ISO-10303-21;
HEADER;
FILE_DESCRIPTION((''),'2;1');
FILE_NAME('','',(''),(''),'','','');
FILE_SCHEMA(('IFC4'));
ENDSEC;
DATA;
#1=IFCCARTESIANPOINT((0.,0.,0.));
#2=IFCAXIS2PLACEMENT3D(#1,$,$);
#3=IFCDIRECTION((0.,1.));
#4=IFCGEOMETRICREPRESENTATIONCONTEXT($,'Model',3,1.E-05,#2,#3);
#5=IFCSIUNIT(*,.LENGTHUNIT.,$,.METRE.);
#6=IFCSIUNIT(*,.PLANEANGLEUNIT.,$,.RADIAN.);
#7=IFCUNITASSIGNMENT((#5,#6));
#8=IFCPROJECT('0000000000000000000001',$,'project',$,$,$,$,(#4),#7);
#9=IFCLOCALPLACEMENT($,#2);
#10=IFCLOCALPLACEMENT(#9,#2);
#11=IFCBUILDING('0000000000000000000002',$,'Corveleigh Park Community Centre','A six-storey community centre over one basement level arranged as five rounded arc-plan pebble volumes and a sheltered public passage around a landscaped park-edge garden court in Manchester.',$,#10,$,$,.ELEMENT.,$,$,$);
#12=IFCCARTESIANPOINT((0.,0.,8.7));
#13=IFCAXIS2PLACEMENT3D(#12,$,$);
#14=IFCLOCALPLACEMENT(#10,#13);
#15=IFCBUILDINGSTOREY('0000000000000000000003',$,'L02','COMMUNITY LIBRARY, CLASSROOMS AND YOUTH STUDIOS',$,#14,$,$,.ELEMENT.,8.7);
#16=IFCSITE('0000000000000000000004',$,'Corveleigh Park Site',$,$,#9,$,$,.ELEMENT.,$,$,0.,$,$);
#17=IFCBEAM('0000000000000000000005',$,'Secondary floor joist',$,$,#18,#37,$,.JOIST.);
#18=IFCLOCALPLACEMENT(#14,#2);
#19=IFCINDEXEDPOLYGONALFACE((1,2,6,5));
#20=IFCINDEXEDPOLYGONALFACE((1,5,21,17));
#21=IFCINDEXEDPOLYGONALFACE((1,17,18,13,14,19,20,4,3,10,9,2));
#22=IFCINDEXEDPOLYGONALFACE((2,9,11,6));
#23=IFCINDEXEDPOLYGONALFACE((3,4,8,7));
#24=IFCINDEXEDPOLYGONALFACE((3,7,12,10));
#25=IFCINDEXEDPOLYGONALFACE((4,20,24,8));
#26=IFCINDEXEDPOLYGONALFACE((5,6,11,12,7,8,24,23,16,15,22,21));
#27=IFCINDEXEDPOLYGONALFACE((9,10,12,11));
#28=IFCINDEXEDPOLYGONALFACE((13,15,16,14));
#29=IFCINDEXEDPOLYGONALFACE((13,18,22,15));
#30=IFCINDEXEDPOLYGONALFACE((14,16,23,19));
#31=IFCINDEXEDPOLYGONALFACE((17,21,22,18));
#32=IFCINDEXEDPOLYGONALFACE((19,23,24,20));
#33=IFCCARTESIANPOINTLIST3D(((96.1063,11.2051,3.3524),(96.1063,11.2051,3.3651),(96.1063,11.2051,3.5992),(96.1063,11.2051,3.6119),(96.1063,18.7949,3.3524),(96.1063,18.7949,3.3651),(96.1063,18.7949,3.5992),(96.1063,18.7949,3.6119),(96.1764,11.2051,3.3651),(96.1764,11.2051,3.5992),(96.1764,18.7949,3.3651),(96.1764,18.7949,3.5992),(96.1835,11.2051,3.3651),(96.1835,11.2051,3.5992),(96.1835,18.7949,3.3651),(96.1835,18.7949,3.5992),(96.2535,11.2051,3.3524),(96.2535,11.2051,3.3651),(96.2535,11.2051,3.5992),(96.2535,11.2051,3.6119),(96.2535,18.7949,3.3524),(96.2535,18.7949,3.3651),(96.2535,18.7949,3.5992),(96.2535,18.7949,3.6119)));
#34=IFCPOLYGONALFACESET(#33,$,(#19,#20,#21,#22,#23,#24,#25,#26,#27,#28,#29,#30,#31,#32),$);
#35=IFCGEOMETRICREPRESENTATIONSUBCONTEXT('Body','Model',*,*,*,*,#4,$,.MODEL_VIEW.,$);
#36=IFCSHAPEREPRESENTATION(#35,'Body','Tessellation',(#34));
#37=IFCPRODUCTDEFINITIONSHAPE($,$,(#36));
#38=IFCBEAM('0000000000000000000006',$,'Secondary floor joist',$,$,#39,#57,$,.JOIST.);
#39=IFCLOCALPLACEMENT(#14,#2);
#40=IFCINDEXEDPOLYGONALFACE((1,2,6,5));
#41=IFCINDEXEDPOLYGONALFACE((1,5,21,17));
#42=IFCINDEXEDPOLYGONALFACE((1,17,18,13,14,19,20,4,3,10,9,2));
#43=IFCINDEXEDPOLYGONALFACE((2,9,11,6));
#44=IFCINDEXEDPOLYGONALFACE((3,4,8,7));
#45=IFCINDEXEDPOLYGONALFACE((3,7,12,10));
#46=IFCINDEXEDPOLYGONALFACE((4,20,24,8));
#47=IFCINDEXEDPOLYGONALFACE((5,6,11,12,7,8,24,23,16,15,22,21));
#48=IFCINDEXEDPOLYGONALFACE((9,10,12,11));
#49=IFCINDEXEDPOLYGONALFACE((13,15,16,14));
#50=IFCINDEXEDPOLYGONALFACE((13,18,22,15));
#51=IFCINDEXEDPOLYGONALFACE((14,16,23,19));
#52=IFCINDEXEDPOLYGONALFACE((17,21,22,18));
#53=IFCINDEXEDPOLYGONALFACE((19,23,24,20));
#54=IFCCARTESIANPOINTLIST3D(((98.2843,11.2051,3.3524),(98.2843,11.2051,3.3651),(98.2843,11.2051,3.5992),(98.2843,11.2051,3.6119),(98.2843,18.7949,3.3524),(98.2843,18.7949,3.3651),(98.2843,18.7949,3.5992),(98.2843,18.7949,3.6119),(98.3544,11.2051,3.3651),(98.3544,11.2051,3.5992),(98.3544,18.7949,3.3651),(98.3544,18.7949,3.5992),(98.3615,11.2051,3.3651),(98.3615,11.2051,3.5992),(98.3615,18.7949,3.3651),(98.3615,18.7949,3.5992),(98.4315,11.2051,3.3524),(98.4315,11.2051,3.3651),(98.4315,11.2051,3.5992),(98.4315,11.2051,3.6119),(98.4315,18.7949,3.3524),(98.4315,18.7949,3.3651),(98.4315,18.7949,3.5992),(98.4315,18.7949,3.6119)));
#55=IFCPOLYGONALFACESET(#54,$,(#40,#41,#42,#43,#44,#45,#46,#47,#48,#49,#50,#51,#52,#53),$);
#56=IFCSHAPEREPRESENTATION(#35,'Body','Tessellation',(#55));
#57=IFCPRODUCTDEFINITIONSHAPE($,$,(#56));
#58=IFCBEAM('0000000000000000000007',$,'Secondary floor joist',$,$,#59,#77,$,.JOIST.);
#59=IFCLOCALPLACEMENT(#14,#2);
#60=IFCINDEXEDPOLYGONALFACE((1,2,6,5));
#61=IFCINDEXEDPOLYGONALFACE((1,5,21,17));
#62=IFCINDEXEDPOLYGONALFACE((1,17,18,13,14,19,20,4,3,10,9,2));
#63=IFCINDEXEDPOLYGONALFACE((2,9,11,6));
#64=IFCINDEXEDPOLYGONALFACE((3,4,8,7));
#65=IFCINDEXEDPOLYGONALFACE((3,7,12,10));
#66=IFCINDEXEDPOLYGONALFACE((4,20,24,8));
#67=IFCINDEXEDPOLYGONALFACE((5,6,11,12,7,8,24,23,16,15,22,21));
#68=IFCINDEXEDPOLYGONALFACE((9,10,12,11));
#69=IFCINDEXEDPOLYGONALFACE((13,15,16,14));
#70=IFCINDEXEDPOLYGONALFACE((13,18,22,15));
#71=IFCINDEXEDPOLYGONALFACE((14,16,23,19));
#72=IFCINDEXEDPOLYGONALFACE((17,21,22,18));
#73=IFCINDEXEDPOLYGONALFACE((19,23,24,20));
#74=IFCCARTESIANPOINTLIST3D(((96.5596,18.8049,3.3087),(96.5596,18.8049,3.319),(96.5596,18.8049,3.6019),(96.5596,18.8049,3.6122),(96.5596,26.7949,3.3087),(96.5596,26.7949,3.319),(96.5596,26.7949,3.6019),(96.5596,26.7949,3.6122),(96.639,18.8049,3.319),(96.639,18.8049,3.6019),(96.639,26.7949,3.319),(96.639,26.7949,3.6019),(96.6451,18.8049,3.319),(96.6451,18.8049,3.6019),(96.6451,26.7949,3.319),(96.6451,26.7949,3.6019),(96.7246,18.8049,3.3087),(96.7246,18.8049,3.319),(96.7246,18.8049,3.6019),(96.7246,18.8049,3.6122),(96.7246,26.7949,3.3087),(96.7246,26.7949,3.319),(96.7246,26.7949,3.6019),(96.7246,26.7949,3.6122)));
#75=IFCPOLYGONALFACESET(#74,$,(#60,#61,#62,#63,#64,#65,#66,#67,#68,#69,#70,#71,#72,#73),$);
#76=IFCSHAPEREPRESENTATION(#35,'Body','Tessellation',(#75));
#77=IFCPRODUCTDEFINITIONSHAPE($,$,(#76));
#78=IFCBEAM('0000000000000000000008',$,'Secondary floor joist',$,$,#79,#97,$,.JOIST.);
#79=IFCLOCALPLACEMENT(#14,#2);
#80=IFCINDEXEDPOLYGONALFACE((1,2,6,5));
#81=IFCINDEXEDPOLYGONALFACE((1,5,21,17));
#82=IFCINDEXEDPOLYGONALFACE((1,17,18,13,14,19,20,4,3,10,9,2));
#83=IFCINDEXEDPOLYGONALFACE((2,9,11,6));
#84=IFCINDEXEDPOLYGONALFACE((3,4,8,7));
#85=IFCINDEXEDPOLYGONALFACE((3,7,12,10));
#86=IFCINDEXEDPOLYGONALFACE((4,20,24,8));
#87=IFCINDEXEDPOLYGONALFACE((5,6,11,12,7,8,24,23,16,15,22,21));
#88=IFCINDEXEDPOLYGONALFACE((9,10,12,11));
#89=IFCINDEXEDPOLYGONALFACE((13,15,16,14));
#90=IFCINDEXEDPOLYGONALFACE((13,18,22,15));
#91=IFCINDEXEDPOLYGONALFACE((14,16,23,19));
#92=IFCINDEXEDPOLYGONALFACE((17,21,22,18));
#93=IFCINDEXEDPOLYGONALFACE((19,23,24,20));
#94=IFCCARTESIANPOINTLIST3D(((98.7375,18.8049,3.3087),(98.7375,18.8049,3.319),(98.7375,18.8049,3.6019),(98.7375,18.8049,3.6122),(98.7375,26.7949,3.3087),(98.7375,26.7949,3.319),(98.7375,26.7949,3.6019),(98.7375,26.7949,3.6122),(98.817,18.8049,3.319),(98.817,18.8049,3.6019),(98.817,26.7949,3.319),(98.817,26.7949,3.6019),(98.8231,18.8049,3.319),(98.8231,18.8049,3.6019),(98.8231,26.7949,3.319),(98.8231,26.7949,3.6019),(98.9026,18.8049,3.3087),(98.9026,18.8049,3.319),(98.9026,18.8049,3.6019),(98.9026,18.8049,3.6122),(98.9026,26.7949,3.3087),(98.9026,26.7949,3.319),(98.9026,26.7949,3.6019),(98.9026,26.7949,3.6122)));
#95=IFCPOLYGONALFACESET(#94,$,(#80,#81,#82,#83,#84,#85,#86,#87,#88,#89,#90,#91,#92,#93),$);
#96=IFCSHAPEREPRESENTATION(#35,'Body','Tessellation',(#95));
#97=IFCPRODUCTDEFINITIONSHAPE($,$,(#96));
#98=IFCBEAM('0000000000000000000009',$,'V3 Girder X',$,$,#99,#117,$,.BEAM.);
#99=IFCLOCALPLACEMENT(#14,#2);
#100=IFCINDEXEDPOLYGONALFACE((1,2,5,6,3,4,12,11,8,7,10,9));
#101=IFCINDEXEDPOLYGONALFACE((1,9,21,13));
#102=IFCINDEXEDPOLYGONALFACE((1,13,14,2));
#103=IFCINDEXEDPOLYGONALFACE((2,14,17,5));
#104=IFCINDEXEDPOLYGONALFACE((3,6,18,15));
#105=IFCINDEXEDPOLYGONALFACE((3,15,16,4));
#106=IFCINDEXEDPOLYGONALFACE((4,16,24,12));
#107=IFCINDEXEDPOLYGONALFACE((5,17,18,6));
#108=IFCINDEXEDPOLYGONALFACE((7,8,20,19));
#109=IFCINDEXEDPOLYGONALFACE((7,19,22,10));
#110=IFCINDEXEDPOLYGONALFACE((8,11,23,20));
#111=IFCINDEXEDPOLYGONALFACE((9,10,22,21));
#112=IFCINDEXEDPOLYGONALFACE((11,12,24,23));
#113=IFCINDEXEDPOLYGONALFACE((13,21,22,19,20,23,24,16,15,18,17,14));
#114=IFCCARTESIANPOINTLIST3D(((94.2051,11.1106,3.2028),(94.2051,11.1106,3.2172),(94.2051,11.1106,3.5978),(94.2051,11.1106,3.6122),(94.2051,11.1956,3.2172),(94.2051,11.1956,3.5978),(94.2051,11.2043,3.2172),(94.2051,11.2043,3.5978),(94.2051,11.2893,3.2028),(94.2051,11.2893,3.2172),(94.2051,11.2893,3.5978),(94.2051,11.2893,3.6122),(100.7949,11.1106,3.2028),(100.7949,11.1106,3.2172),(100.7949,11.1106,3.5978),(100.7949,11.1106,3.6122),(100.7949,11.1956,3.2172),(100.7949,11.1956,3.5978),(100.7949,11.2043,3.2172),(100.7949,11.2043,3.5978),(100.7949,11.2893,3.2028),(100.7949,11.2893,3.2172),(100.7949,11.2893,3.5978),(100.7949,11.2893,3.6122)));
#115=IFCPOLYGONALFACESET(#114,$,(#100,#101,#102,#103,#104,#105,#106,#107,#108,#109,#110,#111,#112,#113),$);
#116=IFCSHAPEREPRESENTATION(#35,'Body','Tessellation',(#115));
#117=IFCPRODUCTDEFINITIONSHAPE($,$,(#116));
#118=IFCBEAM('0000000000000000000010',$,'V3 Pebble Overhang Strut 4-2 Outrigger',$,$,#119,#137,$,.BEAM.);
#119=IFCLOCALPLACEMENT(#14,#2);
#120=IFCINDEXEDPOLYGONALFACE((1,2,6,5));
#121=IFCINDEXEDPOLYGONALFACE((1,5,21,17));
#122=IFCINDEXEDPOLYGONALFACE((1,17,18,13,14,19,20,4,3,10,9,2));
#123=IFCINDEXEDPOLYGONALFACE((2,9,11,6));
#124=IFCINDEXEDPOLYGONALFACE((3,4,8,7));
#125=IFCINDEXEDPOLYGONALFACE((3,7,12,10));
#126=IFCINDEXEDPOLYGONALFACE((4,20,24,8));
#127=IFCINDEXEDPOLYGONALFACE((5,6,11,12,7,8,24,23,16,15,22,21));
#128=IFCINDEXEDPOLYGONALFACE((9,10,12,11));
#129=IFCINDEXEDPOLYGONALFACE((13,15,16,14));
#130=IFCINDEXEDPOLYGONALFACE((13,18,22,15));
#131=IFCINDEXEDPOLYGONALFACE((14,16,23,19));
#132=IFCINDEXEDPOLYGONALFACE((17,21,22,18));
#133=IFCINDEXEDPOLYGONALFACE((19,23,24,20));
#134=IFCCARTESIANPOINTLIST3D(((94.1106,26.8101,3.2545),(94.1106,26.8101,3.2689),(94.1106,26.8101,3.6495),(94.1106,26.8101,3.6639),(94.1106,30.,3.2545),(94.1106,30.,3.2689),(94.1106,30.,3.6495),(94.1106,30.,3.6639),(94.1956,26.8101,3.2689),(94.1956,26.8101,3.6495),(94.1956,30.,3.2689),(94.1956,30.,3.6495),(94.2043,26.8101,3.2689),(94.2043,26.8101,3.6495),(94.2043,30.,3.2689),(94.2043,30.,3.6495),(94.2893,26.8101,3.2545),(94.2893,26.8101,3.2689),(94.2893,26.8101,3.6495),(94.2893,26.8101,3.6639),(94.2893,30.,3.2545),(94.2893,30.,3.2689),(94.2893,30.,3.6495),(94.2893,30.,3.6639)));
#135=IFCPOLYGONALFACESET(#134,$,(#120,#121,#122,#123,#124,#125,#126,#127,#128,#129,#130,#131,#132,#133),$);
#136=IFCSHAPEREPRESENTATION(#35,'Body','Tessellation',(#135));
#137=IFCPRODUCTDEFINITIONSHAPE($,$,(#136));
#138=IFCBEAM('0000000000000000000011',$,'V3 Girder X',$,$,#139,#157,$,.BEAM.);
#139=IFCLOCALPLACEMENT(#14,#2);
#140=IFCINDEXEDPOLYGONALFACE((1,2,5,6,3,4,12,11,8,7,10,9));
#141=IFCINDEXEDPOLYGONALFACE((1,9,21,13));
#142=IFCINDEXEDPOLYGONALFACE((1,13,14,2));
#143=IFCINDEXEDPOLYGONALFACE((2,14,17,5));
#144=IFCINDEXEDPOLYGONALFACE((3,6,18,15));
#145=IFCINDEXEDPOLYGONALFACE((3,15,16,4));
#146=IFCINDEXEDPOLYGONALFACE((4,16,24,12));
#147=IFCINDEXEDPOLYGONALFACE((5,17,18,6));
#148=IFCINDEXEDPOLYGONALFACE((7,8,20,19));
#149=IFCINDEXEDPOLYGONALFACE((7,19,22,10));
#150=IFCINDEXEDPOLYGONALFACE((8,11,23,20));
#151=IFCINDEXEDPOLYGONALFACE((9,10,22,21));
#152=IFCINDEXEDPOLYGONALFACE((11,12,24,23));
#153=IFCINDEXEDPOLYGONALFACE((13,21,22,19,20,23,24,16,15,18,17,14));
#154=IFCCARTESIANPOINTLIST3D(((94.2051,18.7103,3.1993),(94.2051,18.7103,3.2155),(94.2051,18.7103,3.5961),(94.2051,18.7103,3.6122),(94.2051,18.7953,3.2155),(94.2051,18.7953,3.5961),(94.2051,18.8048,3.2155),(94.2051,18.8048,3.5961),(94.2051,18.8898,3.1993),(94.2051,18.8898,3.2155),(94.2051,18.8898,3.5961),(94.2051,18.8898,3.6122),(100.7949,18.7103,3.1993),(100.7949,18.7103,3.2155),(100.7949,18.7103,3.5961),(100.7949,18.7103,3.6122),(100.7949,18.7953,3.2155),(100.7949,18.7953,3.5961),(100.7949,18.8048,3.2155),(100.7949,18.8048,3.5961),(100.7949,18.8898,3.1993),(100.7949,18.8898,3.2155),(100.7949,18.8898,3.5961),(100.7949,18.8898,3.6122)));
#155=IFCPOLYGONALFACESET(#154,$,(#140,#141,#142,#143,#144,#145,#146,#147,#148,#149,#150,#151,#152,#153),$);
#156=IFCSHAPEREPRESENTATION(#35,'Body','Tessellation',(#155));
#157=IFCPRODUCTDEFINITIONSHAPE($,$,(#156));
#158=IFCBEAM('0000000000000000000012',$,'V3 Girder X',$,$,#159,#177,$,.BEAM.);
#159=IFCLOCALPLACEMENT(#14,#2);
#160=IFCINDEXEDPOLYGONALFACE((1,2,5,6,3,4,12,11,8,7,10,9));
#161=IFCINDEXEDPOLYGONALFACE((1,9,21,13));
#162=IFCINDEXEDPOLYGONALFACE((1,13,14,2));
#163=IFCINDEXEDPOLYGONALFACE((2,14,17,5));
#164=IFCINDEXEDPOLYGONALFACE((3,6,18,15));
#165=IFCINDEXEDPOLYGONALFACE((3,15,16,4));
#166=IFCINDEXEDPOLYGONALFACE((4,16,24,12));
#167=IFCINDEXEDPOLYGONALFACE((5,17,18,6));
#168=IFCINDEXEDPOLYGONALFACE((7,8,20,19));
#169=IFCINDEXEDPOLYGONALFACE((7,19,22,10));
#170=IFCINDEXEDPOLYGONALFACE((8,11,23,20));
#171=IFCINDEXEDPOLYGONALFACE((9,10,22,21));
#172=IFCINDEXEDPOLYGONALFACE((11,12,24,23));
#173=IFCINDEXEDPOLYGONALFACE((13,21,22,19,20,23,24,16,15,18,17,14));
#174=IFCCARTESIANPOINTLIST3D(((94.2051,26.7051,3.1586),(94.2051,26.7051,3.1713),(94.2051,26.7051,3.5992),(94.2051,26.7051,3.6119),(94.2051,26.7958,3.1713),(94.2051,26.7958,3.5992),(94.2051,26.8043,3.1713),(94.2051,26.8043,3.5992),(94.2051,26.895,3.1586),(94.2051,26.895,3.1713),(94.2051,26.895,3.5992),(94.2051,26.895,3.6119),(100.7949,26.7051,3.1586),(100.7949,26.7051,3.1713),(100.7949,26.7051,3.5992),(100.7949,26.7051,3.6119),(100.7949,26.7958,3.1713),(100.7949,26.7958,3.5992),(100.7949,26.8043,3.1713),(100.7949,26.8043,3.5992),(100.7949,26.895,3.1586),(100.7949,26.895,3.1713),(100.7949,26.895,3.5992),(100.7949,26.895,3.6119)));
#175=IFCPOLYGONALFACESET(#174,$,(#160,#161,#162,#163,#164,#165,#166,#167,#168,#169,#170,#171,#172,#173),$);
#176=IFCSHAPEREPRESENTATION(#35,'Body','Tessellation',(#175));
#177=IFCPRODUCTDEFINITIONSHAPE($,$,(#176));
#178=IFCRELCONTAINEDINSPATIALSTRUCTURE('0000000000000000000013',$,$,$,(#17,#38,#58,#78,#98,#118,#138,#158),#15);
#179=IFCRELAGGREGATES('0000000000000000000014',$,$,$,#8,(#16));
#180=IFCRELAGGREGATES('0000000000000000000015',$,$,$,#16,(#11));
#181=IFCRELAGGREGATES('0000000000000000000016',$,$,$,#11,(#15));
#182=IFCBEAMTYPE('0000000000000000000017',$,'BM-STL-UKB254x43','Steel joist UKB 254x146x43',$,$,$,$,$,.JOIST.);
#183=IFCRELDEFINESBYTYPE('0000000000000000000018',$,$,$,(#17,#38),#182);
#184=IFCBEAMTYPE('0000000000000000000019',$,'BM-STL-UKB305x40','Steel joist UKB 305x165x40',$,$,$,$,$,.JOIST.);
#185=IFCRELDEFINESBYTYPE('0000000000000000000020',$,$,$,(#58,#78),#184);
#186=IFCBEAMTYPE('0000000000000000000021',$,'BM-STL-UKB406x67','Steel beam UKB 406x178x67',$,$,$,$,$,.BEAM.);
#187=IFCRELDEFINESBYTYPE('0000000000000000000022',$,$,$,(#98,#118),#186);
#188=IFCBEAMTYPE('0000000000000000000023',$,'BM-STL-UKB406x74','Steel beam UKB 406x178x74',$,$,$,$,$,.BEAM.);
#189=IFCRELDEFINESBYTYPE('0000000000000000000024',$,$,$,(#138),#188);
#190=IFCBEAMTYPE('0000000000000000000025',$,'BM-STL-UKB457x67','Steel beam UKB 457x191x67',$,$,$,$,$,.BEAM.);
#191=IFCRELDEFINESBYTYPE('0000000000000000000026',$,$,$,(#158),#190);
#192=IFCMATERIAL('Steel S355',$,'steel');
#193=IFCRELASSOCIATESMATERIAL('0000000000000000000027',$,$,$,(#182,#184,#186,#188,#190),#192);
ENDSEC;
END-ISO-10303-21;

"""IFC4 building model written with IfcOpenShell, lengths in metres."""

from ifc_helpers import new_model, si_unit, direction, frame, origin, origin_2d, place, context, subcontext, project, spatial, i_section, extrude, material, material_profile, profile_set, type_object, element, save


model = new_model("IFC4")

# Units and contexts
model_context = context("Model", 3, precision=1e-05, world=origin(), true_north=direction((0.0, 1.0)))
body_context = subcontext(model_context, "Body", "Model", "MODEL_VIEW")
ifc_project = project(units=[si_unit("LENGTHUNIT", "METRE"), si_unit("PLANEANGLEUNIT", "RADIAN")], contexts=[model_context])

# Site, building, storey
site_placement = place(None, origin())
site = spatial("IfcSite", under=ifc_project, at=site_placement, Name="Corveleigh Park Site", CompositionType="ELEMENT", RefElevation=0.0)
building_placement = place(site_placement, origin())
building = spatial("IfcBuilding", under=site, at=building_placement, Name="Corveleigh Park Community Centre", Description="A six-storey community centre over one basement level arranged as five rounded arc-plan pebble volumes and a sheltered public passage around a landscaped park-edge garden court in Manchester.", CompositionType="ELEMENT")
storey_placement = place(building_placement, frame((0.0, 0.0, 8.7)))
storey = spatial("IfcBuildingStorey", under=building, at=storey_placement, Name="L02", Description="COMMUNITY LIBRARY, CLASSROOMS AND YOUTH STUDIOS", CompositionType="ELEMENT", Elevation=8.7)

# Beams
ifc_material_1 = material(Name="Steel S355", Category="steel")
ifc_material_profile_1 = material_profile(ifc_material_1, i_section(OverallWidth=0.1472, OverallDepth=0.2595, WebThickness=0.0071, FlangeThickness=0.0127, at=origin_2d()), Name="UKB 254x146x43", Category="steel")
ifc_profile_set_1 = profile_set([ifc_material_profile_1], Name="Steel S355")
beam_type_1 = type_object("IfcBeamType", Name="BM-STL-UKB254x43", Description="Steel joist UKB 254x146x43", PredefinedType="JOIST", material=ifc_profile_set_1)
for number, where, z_axis, x_axis, name in (
    (1, (96.1799, 11.2051, 3.4822), (0.0, 1.0, 0.0), (-1.0, 0.0, 0.0), "Secondary floor joist"),
    (2, (98.3579, 11.2051, 3.4822), (0.0, 1.0, 0.0), (-1.0, 0.0, 0.0), "Secondary floor joist"),
):
    element("IfcBeam", number, at=place(storey_placement, frame(where, z_axis=z_axis, x_axis=x_axis)), inside=storey, type_object=beam_type_1, Name=name, PredefinedType="JOIST", context=body_context, shape_type="SweptSolid", body=[
        extrude(i_section(OverallWidth=0.1472, OverallDepth=0.2595, WebThickness=0.0071, FlangeThickness=0.0127, at=origin_2d()), origin(), (0.0, 0.0, 1.0), 7.5898),
    ])
ifc_material_profile_2 = material_profile(ifc_material_1, i_section(OverallWidth=0.165, OverallDepth=0.3035, WebThickness=0.0061, FlangeThickness=0.0103, at=origin_2d()), Name="UKB 305x165x40", Category="steel")
ifc_profile_set_2 = profile_set([ifc_material_profile_2], Name="Steel S355")
beam_type_2 = type_object("IfcBeamType", Name="BM-STL-UKB305x40", Description="Steel joist UKB 305x165x40", PredefinedType="JOIST", material=ifc_profile_set_2)
for number, where, z_axis, x_axis, name in (
    (3, (96.6421, 18.8049, 3.4604), (0.0, 1.0, 0.0), (-1.0, 0.0, 0.0), "Secondary floor joist"),
    (4, (98.8201, 18.8049, 3.4604), (0.0, 1.0, 0.0), (-1.0, 0.0, 0.0), "Secondary floor joist"),
):
    element("IfcBeam", number, at=place(storey_placement, frame(where, z_axis=z_axis, x_axis=x_axis)), inside=storey, type_object=beam_type_2, Name=name, PredefinedType="JOIST", context=body_context, shape_type="SweptSolid", body=[
        extrude(i_section(OverallWidth=0.165, OverallDepth=0.3035, WebThickness=0.0061, FlangeThickness=0.0103, at=origin_2d()), origin(), (0.0, 0.0, 1.0), 7.99),
    ])
ifc_material_profile_3 = material_profile(ifc_material_1, i_section(OverallWidth=0.1787, OverallDepth=0.4094, WebThickness=0.0088, FlangeThickness=0.0144, at=origin_2d()), Name="UKB 406x178x67", Category="steel")
ifc_profile_set_3 = profile_set([ifc_material_profile_3], Name="Steel S355")
beam_type_3 = type_object("IfcBeamType", Name="BM-STL-UKB406x67", Description="Steel beam UKB 406x178x67", PredefinedType="BEAM", material=ifc_profile_set_3)
beam_1_placement = place(storey_placement, frame((94.2051, 11.2, 3.4075), z_axis=(1.0, 0.0, 0.0), x_axis=(0.0, 1.0, 0.0)))
element("IfcBeam", 5, at=beam_1_placement, inside=storey, type_object=beam_type_3, Name="V3 Girder X", PredefinedType="BEAM", context=body_context, shape_type="SweptSolid", body=[
    extrude(i_section(OverallWidth=0.1787, OverallDepth=0.4094, WebThickness=0.0088, FlangeThickness=0.0144, at=origin_2d()), origin(), (0.0, 0.0, 1.0), 6.5898),
])
beam_2_placement = place(storey_placement, frame((94.2, 26.8101, 3.4592), z_axis=(0.0, 1.0, 0.0), x_axis=(-1.0, 0.0, 0.0)))
element("IfcBeam", 6, at=beam_2_placement, inside=storey, type_object=beam_type_3, Name="V3 Pebble Overhang Strut 4-2 Outrigger", PredefinedType="BEAM", context=body_context, shape_type="SweptSolid", body=[
    extrude(i_section(OverallWidth=0.1787, OverallDepth=0.4094, WebThickness=0.0088, FlangeThickness=0.0144, at=origin_2d()), origin(), (0.0, 0.0, 1.0), 3.1899),
])
ifc_material_profile_4 = material_profile(ifc_material_1, i_section(OverallWidth=0.1794, OverallDepth=0.4128, WebThickness=0.0095, FlangeThickness=0.0161, at=origin_2d()), Name="UKB 406x178x74", Category="steel")
ifc_profile_set_4 = profile_set([ifc_material_profile_4], Name="Steel S355")
beam_type_4 = type_object("IfcBeamType", Name="BM-STL-UKB406x74", Description="Steel beam UKB 406x178x74", PredefinedType="BEAM", material=ifc_profile_set_4)
beam_3_placement = place(storey_placement, frame((94.2051, 18.8, 3.4058), z_axis=(1.0, 0.0, 0.0), x_axis=(0.0, 1.0, 0.0)))
element("IfcBeam", 7, at=beam_3_placement, inside=storey, type_object=beam_type_4, Name="V3 Girder X", PredefinedType="BEAM", context=body_context, shape_type="SweptSolid", body=[
    extrude(i_section(OverallWidth=0.1794, OverallDepth=0.4128, WebThickness=0.0095, FlangeThickness=0.0161, at=origin_2d()), origin(), (0.0, 0.0, 1.0), 6.5898),
])
ifc_material_profile_5 = material_profile(ifc_material_1, i_section(OverallWidth=0.1899, OverallDepth=0.4534, WebThickness=0.0085, FlangeThickness=0.0127, at=origin_2d()), Name="UKB 457x191x67", Category="steel")
ifc_profile_set_5 = profile_set([ifc_material_profile_5], Name="Steel S355")
beam_type_5 = type_object("IfcBeamType", Name="BM-STL-UKB457x67", Description="Steel beam UKB 457x191x67", PredefinedType="BEAM", material=ifc_profile_set_5)
beam_4_placement = place(storey_placement, frame((94.2051, 26.8, 3.3853), z_axis=(1.0, 0.0, 0.0), x_axis=(0.0, 1.0, 0.0)))
element("IfcBeam", 8, at=beam_4_placement, inside=storey, type_object=beam_type_5, Name="V3 Girder X", PredefinedType="BEAM", context=body_context, shape_type="SweptSolid", body=[
    extrude(i_section(OverallWidth=0.1899, OverallDepth=0.4534, WebThickness=0.0085, FlangeThickness=0.0127, at=origin_2d()), origin(), (0.0, 0.0, 1.0), 6.5898),
])

save(model, "model.ifc")
